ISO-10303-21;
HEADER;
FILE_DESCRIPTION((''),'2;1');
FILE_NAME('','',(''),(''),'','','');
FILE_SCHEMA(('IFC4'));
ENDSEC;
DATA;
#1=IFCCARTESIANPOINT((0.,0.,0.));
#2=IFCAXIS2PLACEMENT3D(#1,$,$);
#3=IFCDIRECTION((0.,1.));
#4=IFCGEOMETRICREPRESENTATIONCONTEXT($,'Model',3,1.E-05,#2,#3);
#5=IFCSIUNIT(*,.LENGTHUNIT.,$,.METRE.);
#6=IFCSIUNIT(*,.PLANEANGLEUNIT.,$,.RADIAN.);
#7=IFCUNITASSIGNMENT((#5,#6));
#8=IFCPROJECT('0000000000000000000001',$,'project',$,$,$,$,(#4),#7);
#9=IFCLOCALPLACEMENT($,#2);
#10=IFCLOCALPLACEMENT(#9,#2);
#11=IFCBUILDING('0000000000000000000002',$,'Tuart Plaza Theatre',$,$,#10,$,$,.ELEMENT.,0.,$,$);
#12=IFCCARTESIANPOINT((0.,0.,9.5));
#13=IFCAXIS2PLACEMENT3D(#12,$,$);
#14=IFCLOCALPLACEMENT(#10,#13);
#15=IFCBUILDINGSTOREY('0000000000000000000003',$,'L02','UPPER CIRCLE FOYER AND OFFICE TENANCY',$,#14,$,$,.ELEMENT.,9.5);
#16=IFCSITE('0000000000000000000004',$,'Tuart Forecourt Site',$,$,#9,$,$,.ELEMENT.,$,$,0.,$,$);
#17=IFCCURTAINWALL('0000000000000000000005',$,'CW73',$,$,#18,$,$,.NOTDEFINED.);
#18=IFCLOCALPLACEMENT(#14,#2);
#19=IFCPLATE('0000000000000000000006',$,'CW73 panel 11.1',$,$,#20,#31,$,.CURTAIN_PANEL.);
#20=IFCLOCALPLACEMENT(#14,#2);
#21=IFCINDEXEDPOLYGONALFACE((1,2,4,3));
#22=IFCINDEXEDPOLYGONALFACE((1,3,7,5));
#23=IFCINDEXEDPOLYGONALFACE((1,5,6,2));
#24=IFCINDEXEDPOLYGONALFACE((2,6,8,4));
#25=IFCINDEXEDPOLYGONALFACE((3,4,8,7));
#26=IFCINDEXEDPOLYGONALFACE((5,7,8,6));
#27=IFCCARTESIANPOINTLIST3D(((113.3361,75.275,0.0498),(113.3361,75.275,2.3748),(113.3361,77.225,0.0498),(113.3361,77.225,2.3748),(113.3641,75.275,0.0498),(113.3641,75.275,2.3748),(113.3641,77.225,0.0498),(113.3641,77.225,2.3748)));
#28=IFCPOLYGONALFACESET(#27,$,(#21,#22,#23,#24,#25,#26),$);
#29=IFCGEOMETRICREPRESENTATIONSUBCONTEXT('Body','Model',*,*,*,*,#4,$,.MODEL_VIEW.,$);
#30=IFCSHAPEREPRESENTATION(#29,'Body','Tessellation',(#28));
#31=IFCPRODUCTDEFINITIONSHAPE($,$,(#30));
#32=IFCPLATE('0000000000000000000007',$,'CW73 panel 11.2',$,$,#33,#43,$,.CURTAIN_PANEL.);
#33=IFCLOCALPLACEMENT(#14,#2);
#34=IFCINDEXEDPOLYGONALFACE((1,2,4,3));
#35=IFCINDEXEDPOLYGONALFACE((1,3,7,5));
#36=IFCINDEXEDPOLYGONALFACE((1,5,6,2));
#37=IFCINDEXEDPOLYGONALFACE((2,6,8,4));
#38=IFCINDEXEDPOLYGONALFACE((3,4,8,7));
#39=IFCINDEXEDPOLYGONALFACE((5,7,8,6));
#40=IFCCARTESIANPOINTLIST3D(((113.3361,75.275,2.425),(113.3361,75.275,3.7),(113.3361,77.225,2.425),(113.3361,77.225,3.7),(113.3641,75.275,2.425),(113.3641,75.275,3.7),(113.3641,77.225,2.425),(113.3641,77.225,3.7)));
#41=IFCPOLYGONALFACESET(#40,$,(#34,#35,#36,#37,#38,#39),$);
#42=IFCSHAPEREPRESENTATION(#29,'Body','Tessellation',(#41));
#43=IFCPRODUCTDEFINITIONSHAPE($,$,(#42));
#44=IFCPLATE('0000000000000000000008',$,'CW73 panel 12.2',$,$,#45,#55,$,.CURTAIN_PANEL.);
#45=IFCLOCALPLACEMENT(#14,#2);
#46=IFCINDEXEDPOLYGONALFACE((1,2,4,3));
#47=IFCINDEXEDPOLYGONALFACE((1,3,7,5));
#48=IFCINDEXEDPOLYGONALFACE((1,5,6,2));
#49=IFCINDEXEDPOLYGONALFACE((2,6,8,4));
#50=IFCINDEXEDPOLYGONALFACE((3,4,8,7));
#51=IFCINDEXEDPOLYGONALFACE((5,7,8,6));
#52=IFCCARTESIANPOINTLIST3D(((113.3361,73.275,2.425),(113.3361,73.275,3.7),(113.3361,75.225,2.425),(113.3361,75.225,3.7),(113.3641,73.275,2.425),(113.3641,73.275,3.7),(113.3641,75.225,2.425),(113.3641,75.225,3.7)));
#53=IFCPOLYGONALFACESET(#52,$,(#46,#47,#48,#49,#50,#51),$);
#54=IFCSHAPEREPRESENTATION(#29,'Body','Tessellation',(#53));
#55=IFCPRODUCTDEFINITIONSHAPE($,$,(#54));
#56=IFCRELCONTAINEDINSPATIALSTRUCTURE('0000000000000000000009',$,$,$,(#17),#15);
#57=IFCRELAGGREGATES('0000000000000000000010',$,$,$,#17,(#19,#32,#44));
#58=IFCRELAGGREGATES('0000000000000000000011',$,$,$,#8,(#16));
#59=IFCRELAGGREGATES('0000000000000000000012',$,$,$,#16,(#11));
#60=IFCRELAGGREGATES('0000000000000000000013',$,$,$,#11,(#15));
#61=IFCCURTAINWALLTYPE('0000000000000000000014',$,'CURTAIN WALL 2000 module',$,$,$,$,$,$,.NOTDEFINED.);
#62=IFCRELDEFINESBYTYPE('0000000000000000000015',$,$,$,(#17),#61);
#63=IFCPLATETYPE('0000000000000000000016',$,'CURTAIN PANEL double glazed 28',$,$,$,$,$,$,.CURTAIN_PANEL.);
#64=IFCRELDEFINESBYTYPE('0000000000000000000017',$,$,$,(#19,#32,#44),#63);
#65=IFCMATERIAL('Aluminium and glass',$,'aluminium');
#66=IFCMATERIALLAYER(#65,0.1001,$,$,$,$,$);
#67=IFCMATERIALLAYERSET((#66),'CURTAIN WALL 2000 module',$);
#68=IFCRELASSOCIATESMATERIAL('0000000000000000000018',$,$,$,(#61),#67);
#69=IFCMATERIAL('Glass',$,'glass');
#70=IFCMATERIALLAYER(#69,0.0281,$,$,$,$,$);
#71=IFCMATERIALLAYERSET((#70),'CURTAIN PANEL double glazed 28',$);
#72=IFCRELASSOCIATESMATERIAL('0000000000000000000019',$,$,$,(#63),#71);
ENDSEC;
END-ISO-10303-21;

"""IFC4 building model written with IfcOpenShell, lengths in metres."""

from ifc_helpers import new_model, si_unit, direction, frame, origin, origin_2d, place, context, subcontext, project, spatial, rectangle, extrude, material, layer, layer_set, type_object, element, aggregate, save


model = new_model("IFC4")

# Units and contexts
model_context = context("Model", 3, precision=1e-05, world=origin(), true_north=direction((0.0, 1.0)))
body_context = subcontext(model_context, "Body", "Model", "MODEL_VIEW")
ifc_project = project(units=[si_unit("LENGTHUNIT", "METRE"), si_unit("PLANEANGLEUNIT", "RADIAN")], contexts=[model_context])

# Site, building, storey
site_placement = place(None, origin())
site = spatial("IfcSite", under=ifc_project, at=site_placement, Name="Tuart Forecourt Site", CompositionType="ELEMENT", RefElevation=0.0)
building_placement = place(site_placement, origin())
building = spatial("IfcBuilding", under=site, at=building_placement, Name="Tuart Plaza Theatre", CompositionType="ELEMENT", ElevationOfRefHeight=0.0)
storey_placement = place(building_placement, frame((0.0, 0.0, 9.5)))
storey = spatial("IfcBuildingStorey", under=building, at=storey_placement, Name="L02", Description="UPPER CIRCLE FOYER AND OFFICE TENANCY", CompositionType="ELEMENT", Elevation=9.5)

# Curtain wall, plates
ifc_material_1 = material(Name="Aluminium and glass", Category="aluminium")
ifc_layer_1 = layer(ifc_material_1, 0.1001)
ifc_layer_set_1 = layer_set([ifc_layer_1], Name="CURTAIN WALL 2000 module")
curtain_wall_type = type_object("IfcCurtainWallType", Name="CURTAIN WALL 2000 module", PredefinedType="NOTDEFINED", material=ifc_layer_set_1)
curtain_wall_placement = place(storey_placement, origin())
curtain_wall = element("IfcCurtainWall", 1, at=curtain_wall_placement, inside=storey, type_object=curtain_wall_type, Name="CW73", PredefinedType="NOTDEFINED")
ifc_material_2 = material(Name="Glass", Category="glass")
ifc_layer_2 = layer(ifc_material_2, 0.0281)
ifc_layer_set_2 = layer_set([ifc_layer_2], Name="CURTAIN PANEL double glazed 28")
plate_type = type_object("IfcPlateType", Name="CURTAIN PANEL double glazed 28", PredefinedType="CURTAIN_PANEL", material=ifc_layer_set_2)
plate_1_placement = place(storey_placement, frame((113.3501, 76.25, 0.0498), z_axis=(0.0, 0.0, 1.0), x_axis=(0.0, -1.0, 0.0)))
plate_1 = element("IfcPlate", 2, at=plate_1_placement, type_object=plate_type, Name="CW73 panel 11.1", PredefinedType="CURTAIN_PANEL", context=body_context, shape_type="SweptSolid", body=[
    extrude(rectangle(XDim=1.95, YDim=0.0281, at=origin_2d()), origin(), (0.0, 0.0, 1.0), 2.325),
])
plate_2_placement = place(storey_placement, frame((113.3501, 76.25, 2.425), z_axis=(0.0, 0.0, 1.0), x_axis=(0.0, -1.0, 0.0)))
plate_2 = element("IfcPlate", 3, at=plate_2_placement, type_object=plate_type, Name="CW73 panel 11.2", PredefinedType="CURTAIN_PANEL", context=body_context, shape_type="SweptSolid", body=[
    extrude(rectangle(XDim=1.95, YDim=0.0281, at=origin_2d()), origin(), (0.0, 0.0, 1.0), 1.2749),
])
plate_3_placement = place(storey_placement, frame((113.3501, 74.25, 2.425), z_axis=(0.0, 0.0, 1.0), x_axis=(0.0, -1.0, 0.0)))
plate_3 = element("IfcPlate", 4, at=plate_3_placement, type_object=plate_type, Name="CW73 panel 12.2", PredefinedType="CURTAIN_PANEL", context=body_context, shape_type="SweptSolid", body=[
    extrude(rectangle(XDim=1.95, YDim=0.0281, at=origin_2d()), origin(), (0.0, 0.0, 1.0), 1.2749),
])
aggregate(curtain_wall, [plate_1, plate_2, plate_3])

save(model, "model.ifc")
